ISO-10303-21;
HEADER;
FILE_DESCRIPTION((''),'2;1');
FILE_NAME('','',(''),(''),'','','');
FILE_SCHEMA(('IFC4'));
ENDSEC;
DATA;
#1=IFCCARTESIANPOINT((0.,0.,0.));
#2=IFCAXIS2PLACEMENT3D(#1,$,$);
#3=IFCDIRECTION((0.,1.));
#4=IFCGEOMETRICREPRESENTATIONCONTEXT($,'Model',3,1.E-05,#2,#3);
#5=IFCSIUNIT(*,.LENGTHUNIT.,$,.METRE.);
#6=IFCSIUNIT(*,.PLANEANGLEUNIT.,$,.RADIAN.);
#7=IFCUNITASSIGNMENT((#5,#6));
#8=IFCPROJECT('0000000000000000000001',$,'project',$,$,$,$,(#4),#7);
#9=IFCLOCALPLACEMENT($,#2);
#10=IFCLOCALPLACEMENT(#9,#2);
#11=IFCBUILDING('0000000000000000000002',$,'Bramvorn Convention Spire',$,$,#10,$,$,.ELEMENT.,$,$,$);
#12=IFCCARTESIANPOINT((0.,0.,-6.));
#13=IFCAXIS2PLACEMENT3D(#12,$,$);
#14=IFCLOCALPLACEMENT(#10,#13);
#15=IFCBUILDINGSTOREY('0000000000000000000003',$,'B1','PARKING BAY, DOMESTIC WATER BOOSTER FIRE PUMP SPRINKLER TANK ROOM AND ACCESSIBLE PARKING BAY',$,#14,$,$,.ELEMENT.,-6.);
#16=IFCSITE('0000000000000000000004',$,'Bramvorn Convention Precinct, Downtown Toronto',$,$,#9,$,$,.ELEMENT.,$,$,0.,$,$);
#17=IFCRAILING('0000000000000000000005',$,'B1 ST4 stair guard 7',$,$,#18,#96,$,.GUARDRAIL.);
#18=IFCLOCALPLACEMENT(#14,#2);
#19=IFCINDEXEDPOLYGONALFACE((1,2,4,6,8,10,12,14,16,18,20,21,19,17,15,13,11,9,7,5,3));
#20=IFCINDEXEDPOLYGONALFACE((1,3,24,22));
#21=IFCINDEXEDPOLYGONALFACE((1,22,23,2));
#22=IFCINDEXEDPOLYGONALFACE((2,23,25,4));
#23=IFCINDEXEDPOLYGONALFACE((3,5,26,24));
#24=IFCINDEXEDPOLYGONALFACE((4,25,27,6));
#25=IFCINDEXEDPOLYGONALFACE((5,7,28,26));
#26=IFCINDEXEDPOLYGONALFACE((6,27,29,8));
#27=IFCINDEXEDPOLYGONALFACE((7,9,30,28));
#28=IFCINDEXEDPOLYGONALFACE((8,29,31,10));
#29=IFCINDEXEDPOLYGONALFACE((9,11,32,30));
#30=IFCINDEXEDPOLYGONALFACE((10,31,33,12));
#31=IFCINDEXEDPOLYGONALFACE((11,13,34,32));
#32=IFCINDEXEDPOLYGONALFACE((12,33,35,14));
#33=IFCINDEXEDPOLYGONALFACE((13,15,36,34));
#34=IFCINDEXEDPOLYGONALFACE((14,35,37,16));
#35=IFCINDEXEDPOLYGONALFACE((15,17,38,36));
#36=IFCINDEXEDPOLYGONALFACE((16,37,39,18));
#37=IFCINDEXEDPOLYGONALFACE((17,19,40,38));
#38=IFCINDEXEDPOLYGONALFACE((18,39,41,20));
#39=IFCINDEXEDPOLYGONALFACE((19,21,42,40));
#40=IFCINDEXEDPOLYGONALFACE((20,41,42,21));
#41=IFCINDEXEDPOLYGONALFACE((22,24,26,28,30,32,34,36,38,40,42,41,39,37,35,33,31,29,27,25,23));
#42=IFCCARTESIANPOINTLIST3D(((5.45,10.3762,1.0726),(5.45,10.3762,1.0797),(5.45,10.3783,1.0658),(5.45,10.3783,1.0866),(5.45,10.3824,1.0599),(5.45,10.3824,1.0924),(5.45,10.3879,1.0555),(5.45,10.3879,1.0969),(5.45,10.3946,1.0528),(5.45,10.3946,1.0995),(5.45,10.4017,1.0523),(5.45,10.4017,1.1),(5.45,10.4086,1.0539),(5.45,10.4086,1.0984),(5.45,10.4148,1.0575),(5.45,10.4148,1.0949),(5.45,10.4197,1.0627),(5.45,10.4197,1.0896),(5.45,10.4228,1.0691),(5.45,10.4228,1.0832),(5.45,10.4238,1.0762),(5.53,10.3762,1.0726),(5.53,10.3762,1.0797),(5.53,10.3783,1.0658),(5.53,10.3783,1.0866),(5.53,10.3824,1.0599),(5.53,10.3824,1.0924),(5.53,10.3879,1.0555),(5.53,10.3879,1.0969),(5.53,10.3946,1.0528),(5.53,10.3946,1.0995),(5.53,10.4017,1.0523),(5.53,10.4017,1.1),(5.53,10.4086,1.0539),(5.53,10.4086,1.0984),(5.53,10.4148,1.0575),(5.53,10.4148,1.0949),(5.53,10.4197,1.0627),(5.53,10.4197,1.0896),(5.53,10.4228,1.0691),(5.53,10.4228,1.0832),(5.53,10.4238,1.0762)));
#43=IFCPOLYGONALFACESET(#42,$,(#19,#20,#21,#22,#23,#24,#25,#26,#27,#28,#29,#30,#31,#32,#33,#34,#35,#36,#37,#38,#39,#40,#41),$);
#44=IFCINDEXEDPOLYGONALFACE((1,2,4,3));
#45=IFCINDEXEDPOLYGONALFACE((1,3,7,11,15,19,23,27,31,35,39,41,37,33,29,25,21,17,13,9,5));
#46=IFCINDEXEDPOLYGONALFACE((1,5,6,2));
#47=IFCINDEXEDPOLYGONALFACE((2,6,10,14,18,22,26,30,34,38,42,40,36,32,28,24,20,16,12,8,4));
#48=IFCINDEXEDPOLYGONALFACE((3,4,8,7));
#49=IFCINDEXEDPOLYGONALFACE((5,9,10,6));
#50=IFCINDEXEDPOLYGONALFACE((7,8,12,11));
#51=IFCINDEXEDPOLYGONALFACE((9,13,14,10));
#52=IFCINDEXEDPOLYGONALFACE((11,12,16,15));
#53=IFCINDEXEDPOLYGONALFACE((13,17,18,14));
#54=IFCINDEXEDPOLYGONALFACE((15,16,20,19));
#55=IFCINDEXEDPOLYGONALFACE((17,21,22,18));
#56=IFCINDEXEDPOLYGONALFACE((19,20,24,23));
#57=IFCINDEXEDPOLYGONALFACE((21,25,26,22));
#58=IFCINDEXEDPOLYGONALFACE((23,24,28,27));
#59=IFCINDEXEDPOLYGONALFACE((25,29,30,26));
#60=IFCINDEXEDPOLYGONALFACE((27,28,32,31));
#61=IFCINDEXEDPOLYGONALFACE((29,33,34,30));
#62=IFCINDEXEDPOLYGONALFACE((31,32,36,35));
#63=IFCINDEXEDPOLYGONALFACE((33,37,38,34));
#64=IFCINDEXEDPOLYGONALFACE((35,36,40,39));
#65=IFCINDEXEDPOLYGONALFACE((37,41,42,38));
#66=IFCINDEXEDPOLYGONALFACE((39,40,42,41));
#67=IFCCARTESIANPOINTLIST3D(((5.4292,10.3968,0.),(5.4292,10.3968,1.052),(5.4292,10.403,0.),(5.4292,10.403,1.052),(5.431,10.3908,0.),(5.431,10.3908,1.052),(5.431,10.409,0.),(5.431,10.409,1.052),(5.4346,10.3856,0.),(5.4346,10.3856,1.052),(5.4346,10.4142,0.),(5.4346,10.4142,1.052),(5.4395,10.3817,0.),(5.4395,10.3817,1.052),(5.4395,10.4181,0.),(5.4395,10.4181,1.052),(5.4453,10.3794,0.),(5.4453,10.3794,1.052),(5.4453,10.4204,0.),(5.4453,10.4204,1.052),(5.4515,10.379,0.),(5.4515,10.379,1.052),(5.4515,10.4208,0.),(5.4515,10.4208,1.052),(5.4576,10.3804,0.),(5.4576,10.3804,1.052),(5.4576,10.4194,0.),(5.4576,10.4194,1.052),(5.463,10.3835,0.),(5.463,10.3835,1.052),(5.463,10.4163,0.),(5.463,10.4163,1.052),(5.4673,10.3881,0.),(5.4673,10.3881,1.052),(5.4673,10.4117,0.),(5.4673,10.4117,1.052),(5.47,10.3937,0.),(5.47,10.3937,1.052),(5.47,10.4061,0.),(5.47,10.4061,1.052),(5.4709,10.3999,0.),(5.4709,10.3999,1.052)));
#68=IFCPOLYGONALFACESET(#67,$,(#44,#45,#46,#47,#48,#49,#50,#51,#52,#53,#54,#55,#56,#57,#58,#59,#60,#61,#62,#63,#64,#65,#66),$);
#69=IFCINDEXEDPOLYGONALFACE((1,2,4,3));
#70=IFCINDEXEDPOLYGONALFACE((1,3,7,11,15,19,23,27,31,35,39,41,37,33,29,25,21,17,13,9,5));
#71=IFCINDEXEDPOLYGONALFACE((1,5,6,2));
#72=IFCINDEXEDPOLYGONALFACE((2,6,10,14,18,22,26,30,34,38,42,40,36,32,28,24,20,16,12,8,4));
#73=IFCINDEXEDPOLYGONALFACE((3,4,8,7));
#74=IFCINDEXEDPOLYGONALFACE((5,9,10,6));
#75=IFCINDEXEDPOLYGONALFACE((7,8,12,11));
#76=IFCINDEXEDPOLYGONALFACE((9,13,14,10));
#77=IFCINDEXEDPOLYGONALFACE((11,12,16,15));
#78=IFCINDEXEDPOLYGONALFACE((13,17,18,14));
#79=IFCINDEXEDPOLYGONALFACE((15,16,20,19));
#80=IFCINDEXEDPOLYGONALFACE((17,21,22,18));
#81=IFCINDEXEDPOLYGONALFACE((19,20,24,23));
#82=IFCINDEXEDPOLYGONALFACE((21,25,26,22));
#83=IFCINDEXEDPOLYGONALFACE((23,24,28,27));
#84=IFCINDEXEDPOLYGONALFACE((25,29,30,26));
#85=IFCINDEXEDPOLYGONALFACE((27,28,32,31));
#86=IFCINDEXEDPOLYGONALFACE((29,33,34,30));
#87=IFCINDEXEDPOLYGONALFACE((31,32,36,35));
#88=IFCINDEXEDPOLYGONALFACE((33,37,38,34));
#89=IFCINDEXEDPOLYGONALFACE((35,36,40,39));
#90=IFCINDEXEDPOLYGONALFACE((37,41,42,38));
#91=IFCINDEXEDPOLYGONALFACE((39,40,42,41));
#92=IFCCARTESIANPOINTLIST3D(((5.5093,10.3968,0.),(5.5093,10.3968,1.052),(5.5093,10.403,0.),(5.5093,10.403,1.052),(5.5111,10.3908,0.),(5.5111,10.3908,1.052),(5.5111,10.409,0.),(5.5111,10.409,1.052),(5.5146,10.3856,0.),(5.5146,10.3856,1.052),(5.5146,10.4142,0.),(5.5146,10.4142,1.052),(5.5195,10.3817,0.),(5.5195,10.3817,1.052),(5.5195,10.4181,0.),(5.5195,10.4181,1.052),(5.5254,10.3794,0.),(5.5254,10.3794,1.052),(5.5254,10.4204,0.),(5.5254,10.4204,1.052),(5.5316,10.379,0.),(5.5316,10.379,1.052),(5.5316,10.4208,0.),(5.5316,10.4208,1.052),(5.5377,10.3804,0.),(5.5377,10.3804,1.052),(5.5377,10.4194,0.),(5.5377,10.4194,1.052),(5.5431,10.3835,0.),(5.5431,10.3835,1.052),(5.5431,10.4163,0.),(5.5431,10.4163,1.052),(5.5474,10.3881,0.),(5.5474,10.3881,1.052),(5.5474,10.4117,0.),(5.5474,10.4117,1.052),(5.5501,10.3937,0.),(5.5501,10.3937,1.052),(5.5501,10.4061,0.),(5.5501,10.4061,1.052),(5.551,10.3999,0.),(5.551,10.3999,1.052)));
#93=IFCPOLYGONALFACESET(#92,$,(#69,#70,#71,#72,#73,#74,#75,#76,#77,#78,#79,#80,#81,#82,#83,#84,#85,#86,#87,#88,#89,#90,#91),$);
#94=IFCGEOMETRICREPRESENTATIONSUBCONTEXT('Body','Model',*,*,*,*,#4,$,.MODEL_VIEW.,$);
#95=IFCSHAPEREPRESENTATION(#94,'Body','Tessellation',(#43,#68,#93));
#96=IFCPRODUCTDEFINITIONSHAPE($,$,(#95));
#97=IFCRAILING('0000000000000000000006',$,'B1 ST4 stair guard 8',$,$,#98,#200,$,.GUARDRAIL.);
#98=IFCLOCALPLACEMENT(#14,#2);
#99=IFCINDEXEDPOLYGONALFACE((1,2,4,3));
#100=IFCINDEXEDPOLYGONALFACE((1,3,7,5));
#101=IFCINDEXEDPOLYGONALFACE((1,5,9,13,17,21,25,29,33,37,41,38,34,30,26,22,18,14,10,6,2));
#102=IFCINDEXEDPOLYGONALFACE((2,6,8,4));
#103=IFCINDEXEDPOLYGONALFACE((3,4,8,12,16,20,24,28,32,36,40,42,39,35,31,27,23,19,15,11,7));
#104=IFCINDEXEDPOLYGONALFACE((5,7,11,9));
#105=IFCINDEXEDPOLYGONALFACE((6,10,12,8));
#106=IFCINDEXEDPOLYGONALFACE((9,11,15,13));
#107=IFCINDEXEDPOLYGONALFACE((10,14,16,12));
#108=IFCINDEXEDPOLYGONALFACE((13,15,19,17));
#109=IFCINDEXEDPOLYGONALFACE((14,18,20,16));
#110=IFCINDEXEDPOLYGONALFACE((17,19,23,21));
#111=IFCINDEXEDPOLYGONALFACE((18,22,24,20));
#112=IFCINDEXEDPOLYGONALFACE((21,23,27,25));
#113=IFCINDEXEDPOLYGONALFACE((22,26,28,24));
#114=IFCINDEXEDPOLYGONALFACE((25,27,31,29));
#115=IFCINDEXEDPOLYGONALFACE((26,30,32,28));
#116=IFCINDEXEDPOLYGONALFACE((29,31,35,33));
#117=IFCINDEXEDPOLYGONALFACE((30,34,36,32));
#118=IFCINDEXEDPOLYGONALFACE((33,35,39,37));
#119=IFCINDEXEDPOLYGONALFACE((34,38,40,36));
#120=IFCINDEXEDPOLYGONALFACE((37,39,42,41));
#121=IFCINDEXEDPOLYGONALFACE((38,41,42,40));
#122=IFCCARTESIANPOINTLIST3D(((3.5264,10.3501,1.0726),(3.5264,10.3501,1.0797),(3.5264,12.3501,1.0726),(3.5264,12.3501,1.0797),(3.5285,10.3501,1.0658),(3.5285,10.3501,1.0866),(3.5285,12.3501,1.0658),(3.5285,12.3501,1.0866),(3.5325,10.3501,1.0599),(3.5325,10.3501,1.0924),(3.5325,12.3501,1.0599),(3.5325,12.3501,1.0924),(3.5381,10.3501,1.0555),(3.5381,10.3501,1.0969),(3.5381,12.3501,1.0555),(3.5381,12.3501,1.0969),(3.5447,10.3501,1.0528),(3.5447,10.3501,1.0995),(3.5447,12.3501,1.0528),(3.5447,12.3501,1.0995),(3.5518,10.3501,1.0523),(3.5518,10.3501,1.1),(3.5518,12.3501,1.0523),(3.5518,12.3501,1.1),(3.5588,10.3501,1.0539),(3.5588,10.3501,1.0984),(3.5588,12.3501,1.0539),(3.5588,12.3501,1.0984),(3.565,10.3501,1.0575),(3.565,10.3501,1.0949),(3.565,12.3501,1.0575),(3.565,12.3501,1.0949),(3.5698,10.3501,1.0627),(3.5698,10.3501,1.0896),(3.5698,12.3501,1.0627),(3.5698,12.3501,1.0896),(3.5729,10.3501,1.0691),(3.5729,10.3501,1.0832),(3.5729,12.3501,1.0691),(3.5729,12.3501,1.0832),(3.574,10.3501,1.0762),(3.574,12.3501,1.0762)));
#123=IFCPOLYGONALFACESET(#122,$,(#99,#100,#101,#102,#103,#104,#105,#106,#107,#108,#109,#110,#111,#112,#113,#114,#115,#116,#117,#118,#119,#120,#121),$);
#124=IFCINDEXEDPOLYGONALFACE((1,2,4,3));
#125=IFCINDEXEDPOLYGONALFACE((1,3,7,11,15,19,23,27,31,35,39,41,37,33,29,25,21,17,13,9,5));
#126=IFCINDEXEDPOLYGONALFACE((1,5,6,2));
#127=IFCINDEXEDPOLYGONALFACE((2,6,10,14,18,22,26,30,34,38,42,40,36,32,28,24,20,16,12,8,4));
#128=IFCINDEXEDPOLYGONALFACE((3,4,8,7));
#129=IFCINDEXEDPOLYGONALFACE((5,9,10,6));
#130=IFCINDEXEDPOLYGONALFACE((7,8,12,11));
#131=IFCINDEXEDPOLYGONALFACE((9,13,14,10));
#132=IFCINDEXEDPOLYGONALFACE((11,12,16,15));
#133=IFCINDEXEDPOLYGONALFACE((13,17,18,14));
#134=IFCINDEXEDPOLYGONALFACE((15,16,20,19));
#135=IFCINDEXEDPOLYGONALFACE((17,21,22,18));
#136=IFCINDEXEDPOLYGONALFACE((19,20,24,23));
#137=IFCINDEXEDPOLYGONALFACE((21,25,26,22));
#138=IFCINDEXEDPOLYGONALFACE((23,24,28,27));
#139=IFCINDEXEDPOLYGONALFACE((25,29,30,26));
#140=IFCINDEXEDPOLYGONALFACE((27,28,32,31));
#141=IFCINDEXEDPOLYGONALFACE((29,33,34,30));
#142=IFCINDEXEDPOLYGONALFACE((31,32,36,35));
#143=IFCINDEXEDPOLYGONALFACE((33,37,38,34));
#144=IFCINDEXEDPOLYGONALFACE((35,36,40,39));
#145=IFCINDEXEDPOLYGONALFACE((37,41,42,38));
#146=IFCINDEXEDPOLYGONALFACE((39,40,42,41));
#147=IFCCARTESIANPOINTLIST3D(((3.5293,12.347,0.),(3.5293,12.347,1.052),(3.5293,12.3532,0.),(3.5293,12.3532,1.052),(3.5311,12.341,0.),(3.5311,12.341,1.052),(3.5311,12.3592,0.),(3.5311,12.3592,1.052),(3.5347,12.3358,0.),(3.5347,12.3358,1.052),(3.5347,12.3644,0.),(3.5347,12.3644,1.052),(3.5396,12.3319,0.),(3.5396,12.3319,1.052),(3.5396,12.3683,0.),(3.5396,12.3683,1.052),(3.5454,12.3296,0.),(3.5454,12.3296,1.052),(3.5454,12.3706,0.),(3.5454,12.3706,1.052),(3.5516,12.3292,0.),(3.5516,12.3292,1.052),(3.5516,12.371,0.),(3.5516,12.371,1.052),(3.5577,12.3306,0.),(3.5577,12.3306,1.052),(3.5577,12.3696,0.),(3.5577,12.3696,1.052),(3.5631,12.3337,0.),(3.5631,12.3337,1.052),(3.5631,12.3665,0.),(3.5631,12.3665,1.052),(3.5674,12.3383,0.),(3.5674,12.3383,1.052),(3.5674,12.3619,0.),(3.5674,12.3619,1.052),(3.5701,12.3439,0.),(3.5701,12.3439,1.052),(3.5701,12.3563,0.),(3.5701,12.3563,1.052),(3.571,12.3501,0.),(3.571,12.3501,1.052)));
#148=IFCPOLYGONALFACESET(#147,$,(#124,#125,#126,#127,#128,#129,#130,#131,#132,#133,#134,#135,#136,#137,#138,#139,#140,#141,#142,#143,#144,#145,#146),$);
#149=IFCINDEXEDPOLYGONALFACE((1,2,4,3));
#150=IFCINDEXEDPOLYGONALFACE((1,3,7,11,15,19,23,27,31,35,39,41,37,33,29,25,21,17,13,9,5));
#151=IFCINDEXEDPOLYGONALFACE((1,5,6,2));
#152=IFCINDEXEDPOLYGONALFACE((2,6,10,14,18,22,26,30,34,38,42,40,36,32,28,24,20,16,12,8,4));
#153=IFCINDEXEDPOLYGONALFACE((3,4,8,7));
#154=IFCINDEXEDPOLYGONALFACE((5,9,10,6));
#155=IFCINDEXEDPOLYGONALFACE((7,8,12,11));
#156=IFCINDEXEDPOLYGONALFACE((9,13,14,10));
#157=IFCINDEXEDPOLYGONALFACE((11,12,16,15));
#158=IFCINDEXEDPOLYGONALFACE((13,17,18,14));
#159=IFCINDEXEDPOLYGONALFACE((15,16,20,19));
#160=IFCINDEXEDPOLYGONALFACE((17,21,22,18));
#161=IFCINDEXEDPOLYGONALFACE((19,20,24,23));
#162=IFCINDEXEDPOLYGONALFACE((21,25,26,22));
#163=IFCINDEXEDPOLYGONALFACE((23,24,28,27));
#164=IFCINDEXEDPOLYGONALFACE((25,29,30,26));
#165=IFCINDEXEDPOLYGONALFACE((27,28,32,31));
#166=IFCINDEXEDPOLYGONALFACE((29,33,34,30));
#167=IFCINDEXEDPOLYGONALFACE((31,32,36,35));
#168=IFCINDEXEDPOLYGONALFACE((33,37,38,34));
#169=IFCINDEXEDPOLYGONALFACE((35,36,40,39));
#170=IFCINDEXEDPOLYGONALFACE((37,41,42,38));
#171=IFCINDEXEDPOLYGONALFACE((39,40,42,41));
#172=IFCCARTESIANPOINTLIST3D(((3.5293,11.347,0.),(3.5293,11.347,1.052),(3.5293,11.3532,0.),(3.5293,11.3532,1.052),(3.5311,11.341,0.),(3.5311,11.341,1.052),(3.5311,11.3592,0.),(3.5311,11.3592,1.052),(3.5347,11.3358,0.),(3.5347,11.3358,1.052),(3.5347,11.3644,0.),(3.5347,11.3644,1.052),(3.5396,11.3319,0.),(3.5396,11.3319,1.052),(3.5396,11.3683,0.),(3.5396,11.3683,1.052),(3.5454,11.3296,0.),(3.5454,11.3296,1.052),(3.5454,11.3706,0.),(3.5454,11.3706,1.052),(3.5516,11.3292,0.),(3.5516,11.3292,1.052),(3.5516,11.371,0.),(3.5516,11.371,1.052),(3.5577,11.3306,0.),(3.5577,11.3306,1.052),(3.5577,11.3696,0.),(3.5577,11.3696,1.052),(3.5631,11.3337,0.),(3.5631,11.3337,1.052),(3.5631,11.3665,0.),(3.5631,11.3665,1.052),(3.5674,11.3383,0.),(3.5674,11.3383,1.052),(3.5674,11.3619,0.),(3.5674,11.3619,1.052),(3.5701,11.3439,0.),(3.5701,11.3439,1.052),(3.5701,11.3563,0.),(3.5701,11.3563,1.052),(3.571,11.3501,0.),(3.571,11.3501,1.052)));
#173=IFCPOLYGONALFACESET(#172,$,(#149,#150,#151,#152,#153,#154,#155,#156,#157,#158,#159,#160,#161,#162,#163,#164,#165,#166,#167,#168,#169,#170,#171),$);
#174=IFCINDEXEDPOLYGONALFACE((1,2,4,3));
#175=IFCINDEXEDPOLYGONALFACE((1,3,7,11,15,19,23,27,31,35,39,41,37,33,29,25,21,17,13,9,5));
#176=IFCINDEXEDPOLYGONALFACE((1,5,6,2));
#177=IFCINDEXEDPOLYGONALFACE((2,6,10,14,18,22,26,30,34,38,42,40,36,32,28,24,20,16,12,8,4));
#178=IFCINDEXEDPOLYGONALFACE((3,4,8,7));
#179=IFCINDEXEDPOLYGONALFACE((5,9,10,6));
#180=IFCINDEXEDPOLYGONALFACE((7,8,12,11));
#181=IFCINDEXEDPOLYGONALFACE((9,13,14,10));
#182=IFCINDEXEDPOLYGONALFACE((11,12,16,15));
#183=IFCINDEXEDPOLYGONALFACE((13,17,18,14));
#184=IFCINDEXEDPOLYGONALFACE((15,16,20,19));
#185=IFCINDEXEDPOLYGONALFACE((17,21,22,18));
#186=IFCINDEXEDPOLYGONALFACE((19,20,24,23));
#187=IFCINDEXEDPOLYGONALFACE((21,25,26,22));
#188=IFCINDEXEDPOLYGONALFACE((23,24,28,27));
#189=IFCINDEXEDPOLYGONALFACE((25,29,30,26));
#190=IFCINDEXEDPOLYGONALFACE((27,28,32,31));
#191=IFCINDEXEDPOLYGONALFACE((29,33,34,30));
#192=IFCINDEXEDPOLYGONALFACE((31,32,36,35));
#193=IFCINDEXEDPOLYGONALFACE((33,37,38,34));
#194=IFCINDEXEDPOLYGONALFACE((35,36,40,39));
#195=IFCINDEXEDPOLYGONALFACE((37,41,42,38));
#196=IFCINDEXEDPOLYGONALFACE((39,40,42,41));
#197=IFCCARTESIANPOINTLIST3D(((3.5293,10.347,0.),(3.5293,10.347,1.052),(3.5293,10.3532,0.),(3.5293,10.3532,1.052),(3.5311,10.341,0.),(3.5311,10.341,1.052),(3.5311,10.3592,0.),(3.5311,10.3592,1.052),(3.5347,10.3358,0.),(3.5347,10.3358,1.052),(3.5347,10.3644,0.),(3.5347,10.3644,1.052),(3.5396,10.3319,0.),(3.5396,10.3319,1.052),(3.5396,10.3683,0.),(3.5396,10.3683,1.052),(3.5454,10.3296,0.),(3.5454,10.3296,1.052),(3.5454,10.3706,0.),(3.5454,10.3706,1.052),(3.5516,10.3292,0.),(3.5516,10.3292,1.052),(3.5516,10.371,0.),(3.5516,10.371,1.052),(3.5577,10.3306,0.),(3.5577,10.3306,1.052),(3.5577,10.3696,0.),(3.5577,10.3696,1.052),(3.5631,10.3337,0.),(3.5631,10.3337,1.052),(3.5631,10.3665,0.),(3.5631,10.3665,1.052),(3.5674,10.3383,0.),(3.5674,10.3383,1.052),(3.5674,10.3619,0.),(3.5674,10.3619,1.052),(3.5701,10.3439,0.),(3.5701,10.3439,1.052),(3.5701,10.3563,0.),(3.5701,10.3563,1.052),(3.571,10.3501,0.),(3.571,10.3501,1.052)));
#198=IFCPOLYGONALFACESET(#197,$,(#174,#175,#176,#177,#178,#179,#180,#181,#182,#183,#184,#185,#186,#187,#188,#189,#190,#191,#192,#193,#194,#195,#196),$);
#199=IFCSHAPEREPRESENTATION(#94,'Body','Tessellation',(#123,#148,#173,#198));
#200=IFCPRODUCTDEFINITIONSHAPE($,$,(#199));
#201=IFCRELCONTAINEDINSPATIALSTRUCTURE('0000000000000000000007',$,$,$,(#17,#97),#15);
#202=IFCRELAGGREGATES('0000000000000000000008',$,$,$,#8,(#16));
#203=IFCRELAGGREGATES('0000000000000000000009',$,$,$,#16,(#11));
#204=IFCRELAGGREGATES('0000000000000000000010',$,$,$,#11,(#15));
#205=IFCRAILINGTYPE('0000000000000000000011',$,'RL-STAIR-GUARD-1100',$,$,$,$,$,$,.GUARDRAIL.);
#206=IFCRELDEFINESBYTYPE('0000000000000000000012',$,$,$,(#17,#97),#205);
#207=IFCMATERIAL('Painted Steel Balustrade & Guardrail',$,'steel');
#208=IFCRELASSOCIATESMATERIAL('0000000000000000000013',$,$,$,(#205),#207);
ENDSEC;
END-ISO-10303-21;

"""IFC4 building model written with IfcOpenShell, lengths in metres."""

from ifc_helpers import new_model, si_unit, direction, frame, origin, origin_2d, place, context, subcontext, project, spatial, circle, extrude, material, type_object, element, save


model = new_model("IFC4")

# Units and contexts
model_context = context("Model", 3, precision=1e-05, world=origin(), true_north=direction((0.0, 1.0)))
body_context = subcontext(model_context, "Body", "Model", "MODEL_VIEW")
ifc_project = project(units=[si_unit("LENGTHUNIT", "METRE"), si_unit("PLANEANGLEUNIT", "RADIAN")], contexts=[model_context])

# Site, building, storey
site_placement = place(None, origin())
site = spatial("IfcSite", under=ifc_project, at=site_placement, Name="Bramvorn Convention Precinct, Downtown Toronto", CompositionType="ELEMENT", RefElevation=0.0)
building_placement = place(site_placement, origin())
building = spatial("IfcBuilding", under=site, at=building_placement, Name="Bramvorn Convention Spire", CompositionType="ELEMENT")
storey_placement = place(building_placement, frame((0.0, 0.0, -6.0)))
storey = spatial("IfcBuildingStorey", under=building, at=storey_placement, Name="B1", Description="PARKING BAY, DOMESTIC WATER BOOSTER FIRE PUMP SPRINKLER TANK ROOM AND ACCESSIBLE PARKING BAY", CompositionType="ELEMENT", Elevation=-6.0)

# Railings
ifc_material_1 = material(Name="Painted Steel Balustrade & Guardrail", Category="steel")
railing_type_1 = type_object("IfcRailingType", Name="RL-STAIR-GUARD-1100", PredefinedType="GUARDRAIL", material=ifc_material_1)
railing_1_placement = place(storey_placement, frame((5.45, 10.3999, 0.0)))
element("IfcRailing", 1, at=railing_1_placement, inside=storey, type_object=railing_type_1, Name="B1 ST4 stair guard 7", PredefinedType="GUARDRAIL", context=body_context, shape_type="SweptSolid", body=[
    extrude(circle(Radius=0.0239, at=origin_2d()), frame((0.0, 0.0, 1.0762), z_axis=(1.0, 0.0, 0.0), x_axis=(0.0, 1.0, 0.0)), (0.0, 0.0, 1.0), 0.0801),
    extrude(circle(Radius=0.021, at=origin_2d()), origin(), (0.0, 0.0, 1.0), 1.052),
    extrude(circle(Radius=0.021, at=origin_2d()), frame((0.0801, 0.0, 0.0)), (0.0, 0.0, 1.0), 1.052),
])
railing_2_placement = place(storey_placement, frame((3.55, 12.3501, 0.0)))
element("IfcRailing", 2, at=railing_2_placement, inside=storey, type_object=railing_type_1, Name="B1 ST4 stair guard 8", PredefinedType="GUARDRAIL", context=body_context, shape_type="SweptSolid", body=[
    extrude(circle(Radius=0.0239, at=origin_2d()), frame((0.0, 0.0, 1.0762), z_axis=(0.0, -1.0, 0.0), x_axis=(1.0, 0.0, 0.0)), (0.0, 0.0, 1.0), 2.0),
    extrude(circle(Radius=0.021, at=origin_2d()), origin(), (0.0, 0.0, 1.0), 1.052),
    extrude(circle(Radius=0.021, at=origin_2d()), frame((0.0, -1.0, 0.0)), (0.0, 0.0, 1.0), 1.052),
    extrude(circle(Radius=0.021, at=origin_2d()), frame((0.0, -2.0, 0.0)), (0.0, 0.0, 1.0), 1.052),
])

save(model, "model.ifc")
